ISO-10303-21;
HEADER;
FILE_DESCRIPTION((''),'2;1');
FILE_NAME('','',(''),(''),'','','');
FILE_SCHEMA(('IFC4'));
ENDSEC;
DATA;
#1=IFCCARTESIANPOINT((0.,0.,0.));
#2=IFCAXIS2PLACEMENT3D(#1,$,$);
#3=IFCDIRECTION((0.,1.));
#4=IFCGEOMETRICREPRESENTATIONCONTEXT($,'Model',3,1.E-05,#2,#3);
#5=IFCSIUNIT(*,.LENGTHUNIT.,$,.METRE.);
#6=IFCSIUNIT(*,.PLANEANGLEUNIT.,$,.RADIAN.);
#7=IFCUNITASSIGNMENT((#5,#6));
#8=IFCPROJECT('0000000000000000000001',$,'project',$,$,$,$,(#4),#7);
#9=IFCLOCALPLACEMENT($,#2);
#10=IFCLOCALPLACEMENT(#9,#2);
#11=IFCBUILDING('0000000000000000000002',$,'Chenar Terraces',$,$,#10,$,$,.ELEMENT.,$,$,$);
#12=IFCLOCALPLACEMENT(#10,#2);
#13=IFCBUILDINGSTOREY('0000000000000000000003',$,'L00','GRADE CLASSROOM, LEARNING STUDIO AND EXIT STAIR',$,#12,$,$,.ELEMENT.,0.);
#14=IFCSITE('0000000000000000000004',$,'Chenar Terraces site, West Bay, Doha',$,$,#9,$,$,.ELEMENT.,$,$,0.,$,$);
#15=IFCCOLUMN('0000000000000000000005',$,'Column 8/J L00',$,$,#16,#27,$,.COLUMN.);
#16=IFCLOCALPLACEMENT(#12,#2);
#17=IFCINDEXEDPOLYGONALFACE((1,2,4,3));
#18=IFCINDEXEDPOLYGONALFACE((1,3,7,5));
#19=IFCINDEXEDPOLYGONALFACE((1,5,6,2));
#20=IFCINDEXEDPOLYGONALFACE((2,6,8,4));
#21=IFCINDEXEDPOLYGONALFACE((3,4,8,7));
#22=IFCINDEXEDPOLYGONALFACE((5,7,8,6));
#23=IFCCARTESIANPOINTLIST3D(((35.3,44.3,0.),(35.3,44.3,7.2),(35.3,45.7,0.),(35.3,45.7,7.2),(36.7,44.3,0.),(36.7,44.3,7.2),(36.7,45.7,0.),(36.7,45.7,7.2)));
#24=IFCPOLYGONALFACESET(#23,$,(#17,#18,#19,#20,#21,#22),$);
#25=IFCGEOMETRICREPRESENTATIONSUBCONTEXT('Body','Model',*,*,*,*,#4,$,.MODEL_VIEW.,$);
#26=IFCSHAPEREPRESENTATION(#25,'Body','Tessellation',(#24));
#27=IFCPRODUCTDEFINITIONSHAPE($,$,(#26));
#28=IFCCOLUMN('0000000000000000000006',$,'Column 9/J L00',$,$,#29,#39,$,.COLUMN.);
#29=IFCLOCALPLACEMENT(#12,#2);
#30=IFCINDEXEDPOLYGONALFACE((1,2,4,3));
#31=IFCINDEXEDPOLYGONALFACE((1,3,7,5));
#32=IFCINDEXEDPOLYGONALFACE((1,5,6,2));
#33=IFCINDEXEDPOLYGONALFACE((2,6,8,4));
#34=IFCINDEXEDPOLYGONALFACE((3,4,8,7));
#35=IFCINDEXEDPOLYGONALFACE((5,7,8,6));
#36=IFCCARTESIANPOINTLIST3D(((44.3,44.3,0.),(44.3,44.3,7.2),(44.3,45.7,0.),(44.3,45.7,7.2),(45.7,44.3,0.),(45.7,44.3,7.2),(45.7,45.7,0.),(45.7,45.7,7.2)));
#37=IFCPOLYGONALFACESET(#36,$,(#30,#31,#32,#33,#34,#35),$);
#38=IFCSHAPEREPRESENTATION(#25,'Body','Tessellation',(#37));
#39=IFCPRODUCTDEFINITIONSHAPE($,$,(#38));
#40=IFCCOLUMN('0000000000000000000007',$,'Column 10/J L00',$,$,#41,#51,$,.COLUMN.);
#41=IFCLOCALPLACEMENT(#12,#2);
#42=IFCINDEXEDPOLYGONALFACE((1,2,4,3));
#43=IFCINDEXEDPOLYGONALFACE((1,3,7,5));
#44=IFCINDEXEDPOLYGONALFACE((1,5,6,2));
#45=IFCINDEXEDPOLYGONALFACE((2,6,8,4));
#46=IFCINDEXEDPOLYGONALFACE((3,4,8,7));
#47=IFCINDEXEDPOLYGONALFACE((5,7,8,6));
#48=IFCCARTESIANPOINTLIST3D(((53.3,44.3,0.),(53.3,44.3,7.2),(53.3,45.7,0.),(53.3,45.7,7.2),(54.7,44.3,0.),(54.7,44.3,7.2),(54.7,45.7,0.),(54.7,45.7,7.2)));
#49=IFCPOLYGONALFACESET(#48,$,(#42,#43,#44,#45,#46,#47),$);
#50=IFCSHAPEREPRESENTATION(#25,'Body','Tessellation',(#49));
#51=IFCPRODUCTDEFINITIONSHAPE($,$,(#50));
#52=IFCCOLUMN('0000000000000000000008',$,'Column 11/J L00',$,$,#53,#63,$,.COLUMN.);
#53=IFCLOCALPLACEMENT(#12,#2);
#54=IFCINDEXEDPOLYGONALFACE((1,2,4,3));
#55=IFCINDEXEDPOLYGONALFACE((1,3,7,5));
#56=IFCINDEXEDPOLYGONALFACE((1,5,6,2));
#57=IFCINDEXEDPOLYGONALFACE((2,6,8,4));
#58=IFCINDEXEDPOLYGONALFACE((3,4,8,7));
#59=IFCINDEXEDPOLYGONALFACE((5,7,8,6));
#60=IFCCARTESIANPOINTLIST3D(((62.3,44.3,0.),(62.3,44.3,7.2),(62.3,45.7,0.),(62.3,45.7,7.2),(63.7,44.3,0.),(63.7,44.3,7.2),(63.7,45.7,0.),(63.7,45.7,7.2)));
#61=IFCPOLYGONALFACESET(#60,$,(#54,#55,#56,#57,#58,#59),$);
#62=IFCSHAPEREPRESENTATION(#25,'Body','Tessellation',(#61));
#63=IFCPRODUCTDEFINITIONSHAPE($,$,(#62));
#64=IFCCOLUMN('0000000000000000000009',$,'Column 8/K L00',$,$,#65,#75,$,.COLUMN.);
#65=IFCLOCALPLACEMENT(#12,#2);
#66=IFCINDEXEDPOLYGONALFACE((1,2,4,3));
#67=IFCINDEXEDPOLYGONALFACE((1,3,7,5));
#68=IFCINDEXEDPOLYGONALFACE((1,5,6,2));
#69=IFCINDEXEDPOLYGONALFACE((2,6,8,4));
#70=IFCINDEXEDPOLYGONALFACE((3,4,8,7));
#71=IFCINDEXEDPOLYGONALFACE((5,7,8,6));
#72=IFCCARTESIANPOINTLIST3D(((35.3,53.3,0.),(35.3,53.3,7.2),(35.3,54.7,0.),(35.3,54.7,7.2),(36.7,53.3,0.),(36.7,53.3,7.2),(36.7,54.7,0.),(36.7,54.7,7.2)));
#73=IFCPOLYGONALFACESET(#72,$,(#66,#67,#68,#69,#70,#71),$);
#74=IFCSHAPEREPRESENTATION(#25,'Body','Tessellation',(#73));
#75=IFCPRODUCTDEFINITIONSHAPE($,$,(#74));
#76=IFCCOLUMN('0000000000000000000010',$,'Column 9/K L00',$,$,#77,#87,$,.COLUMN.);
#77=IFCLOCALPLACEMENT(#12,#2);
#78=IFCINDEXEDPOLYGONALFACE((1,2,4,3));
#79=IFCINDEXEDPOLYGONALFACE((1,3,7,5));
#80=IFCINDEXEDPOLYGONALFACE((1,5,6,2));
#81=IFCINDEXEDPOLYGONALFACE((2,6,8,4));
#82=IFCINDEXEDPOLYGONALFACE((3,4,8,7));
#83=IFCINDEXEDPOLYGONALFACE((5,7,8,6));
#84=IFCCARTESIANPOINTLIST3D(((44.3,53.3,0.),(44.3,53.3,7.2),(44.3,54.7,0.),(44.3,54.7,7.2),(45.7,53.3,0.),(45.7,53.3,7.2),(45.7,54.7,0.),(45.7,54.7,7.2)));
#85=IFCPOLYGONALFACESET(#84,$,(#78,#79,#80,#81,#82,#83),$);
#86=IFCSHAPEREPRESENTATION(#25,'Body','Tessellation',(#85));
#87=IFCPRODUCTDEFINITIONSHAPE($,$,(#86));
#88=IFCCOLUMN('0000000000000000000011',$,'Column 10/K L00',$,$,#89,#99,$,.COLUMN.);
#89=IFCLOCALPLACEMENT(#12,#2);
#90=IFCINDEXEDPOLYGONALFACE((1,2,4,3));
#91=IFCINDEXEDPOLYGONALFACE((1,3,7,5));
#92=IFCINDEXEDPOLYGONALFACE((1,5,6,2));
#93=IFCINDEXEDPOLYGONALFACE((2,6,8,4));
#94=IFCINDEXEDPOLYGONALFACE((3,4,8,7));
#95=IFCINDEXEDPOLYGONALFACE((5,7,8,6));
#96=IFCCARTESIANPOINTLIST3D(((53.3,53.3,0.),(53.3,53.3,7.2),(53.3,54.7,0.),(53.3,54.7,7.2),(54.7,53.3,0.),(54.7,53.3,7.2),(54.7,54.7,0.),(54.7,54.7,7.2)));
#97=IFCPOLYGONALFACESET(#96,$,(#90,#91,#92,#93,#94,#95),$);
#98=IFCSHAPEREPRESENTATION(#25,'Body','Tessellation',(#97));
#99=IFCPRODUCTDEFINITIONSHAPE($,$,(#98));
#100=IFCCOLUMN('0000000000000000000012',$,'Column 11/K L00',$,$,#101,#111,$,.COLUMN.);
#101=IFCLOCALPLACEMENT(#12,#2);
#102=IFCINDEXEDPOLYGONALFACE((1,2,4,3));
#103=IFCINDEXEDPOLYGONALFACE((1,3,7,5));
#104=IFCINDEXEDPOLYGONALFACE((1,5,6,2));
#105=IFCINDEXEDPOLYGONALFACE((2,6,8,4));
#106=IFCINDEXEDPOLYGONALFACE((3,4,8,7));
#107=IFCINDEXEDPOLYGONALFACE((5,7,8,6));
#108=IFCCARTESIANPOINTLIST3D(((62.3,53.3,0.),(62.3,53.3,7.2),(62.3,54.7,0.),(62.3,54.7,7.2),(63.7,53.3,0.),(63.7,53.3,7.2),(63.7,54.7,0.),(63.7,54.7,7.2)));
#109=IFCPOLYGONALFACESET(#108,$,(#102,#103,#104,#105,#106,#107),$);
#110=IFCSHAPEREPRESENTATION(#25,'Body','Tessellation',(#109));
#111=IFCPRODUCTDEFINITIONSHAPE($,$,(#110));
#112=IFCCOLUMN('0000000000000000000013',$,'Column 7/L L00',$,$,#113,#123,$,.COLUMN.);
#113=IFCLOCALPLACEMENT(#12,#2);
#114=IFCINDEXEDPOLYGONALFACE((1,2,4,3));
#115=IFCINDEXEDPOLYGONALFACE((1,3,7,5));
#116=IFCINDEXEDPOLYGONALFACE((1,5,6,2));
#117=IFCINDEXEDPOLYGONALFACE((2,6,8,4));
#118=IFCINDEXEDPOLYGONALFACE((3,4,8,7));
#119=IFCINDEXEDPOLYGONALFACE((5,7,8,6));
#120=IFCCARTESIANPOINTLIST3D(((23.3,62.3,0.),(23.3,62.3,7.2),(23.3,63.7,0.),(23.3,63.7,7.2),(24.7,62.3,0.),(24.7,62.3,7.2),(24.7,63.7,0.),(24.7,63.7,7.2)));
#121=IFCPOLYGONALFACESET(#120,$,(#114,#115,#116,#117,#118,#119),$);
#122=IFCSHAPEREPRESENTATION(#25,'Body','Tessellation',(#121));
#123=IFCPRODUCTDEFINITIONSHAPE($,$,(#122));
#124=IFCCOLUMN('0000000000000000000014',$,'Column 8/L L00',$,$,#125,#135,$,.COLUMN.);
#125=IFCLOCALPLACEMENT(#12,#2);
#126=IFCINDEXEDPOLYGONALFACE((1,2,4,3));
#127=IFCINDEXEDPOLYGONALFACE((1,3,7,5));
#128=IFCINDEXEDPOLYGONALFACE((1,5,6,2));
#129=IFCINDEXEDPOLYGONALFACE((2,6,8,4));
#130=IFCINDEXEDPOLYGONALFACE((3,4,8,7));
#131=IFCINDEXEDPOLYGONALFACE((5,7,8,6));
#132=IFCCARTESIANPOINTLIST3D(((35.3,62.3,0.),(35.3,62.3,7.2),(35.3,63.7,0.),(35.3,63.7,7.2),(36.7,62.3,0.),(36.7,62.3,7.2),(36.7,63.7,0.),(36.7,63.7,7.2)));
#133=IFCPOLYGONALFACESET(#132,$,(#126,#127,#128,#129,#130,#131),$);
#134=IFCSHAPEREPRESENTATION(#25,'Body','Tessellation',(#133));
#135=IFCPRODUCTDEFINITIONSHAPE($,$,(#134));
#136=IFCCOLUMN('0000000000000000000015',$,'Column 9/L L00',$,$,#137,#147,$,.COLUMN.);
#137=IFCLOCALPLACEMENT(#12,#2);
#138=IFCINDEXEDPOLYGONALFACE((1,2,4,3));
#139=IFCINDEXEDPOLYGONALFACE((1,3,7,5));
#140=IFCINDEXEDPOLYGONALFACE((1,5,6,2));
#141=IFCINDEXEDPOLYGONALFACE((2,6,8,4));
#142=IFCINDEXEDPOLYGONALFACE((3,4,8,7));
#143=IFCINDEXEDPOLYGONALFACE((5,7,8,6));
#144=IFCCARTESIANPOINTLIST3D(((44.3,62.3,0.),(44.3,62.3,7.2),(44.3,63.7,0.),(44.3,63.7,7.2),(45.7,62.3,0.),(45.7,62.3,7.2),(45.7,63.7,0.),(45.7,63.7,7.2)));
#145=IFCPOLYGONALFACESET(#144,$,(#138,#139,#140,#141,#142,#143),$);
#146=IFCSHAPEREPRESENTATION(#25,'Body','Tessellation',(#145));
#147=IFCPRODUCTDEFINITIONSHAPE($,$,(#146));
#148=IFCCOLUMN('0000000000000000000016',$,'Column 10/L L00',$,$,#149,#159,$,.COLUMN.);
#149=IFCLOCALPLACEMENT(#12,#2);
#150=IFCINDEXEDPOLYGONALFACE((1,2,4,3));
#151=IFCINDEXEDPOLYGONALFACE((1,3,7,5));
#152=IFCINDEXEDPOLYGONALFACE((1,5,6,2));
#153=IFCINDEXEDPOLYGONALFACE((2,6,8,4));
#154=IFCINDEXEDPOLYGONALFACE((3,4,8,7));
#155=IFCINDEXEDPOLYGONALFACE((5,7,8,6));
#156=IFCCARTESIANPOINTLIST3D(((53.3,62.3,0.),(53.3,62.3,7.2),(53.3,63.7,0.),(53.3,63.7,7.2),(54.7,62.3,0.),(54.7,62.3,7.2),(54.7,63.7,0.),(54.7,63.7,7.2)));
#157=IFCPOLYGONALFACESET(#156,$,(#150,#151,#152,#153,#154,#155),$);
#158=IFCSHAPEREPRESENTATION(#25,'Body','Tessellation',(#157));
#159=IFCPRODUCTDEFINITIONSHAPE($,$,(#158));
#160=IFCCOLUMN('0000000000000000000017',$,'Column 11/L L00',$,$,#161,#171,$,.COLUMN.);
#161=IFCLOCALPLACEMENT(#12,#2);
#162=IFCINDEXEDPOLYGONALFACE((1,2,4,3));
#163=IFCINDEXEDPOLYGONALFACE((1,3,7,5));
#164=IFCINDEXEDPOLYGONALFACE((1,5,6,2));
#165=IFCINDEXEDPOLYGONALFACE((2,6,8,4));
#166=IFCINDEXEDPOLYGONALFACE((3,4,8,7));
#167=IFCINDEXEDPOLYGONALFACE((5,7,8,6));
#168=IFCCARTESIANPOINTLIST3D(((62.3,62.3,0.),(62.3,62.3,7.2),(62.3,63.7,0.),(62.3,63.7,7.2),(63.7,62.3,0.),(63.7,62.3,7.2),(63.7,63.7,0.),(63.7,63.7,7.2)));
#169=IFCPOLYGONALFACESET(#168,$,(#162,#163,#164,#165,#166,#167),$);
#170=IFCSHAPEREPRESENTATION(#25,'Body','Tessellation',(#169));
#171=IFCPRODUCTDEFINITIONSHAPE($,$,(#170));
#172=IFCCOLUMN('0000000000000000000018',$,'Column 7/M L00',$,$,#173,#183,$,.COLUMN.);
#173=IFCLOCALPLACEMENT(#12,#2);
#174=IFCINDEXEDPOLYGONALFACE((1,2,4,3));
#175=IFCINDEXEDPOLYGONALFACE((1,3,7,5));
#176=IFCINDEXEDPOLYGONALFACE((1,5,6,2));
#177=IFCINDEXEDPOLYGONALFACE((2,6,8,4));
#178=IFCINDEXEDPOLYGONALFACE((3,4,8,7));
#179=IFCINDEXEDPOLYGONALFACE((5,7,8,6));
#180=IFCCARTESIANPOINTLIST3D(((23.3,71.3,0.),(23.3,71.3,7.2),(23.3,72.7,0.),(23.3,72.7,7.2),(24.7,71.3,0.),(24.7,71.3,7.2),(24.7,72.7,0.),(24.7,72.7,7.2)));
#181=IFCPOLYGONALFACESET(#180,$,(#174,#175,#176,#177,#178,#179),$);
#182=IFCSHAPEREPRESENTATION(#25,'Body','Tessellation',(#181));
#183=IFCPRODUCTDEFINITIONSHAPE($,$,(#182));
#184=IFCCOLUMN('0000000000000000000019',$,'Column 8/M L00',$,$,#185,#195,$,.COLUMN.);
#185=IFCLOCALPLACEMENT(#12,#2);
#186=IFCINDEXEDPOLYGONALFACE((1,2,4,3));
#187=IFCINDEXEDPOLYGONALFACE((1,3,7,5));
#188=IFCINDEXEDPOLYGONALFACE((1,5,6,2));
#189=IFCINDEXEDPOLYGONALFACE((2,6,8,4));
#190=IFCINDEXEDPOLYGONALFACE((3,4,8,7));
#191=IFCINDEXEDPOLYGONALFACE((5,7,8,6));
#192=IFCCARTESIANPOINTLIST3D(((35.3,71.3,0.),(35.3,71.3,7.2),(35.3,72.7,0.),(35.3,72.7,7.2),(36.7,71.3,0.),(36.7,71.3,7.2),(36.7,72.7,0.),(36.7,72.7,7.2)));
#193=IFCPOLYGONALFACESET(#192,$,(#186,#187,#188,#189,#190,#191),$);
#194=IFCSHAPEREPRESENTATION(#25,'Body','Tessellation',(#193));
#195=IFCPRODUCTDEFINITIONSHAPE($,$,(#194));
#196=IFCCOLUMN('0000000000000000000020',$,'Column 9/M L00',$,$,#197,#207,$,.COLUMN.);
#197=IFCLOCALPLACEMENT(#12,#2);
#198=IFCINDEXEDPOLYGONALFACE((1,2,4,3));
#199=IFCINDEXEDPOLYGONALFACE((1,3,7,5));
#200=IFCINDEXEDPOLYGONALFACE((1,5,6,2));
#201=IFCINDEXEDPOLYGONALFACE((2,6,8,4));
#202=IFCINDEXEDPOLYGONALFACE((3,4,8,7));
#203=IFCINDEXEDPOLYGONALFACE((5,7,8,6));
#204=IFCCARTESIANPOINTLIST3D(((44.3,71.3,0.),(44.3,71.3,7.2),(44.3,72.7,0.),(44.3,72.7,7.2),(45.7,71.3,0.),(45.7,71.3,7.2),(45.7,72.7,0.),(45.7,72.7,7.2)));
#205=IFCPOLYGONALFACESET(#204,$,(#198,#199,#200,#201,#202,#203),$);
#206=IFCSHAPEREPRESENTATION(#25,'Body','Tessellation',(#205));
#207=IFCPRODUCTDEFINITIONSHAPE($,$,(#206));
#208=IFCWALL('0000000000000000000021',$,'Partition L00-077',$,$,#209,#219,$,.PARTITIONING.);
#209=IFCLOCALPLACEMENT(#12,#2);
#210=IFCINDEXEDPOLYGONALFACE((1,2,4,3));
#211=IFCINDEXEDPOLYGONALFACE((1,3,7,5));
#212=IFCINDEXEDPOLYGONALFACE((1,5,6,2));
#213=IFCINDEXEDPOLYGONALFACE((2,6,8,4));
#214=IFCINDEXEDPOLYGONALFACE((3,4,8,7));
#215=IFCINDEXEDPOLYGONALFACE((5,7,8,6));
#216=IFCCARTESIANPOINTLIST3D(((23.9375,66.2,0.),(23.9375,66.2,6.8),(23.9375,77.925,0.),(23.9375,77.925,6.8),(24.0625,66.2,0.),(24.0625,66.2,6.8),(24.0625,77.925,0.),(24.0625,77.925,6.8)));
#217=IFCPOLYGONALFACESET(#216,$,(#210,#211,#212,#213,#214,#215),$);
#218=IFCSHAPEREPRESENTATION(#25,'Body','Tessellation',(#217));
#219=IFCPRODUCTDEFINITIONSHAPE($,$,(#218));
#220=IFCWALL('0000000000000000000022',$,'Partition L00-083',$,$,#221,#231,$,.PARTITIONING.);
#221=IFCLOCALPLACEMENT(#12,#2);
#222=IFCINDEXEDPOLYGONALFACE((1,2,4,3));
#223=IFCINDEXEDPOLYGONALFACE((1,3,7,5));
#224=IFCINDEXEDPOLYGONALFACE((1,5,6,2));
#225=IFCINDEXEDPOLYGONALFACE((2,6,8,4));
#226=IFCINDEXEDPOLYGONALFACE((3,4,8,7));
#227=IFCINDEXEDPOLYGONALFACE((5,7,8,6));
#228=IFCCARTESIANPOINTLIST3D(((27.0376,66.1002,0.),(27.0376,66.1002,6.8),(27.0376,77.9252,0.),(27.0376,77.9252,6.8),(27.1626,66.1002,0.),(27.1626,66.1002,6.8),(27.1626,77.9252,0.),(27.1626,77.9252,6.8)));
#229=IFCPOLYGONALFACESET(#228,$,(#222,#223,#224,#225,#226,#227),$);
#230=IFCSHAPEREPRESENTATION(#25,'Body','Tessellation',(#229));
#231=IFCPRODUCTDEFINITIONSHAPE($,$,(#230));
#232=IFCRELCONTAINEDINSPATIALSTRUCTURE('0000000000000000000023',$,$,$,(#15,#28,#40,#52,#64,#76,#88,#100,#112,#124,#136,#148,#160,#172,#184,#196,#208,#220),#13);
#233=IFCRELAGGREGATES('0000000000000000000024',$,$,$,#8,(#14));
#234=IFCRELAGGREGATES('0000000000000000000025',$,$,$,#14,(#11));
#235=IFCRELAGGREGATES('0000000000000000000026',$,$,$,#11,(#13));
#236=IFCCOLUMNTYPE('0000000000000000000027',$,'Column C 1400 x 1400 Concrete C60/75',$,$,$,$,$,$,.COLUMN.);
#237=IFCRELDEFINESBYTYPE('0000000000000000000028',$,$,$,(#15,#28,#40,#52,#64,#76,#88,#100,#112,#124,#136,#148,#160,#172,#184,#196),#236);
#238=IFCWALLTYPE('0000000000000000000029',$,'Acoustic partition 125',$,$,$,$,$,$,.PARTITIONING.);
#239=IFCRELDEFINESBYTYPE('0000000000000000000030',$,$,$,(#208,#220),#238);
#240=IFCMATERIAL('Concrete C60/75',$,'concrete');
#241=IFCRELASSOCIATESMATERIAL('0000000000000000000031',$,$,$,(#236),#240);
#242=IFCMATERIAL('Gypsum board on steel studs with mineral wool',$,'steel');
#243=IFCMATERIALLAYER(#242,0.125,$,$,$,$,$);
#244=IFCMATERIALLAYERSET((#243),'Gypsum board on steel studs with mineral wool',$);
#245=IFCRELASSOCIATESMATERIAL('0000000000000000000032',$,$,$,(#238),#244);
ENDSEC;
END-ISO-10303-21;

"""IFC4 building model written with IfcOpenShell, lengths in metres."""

from ifc_helpers import new_model, si_unit, direction, frame, frame_2d, origin, origin_2d, place, context, subcontext, project, spatial, rectangle, extrude, material, layer, layer_set, material_profile, profile_set, type_object, element, save


model = new_model("IFC4")

# Units and contexts
model_context = context("Model", 3, precision=1e-05, world=origin(), true_north=direction((0.0, 1.0)))
body_context = subcontext(model_context, "Body", "Model", "MODEL_VIEW")
ifc_project = project(units=[si_unit("LENGTHUNIT", "METRE"), si_unit("PLANEANGLEUNIT", "RADIAN")], contexts=[model_context])

# Site, building, storey
site_placement = place(None, origin())
site = spatial("IfcSite", under=ifc_project, at=site_placement, Name="Chenar Terraces site, West Bay, Doha", CompositionType="ELEMENT", RefElevation=0.0)
building_placement = place(site_placement, origin())
building = spatial("IfcBuilding", under=site, at=building_placement, Name="Chenar Terraces", CompositionType="ELEMENT")
storey_placement = place(building_placement, origin())
storey = spatial("IfcBuildingStorey", under=building, at=storey_placement, Name="L00", Description="GRADE CLASSROOM, LEARNING STUDIO AND EXIT STAIR", CompositionType="ELEMENT", Elevation=0.0)

# Columns
ifc_material_1 = material(Name="Concrete C60/75", Category="concrete")
ifc_material_profile = material_profile(ifc_material_1, rectangle(XDim=1.3999, YDim=1.3999, at=origin_2d()), Name="C 1400 x 1400")
ifc_profile_set = profile_set([ifc_material_profile], Name="Concrete C60/75")
column_type = type_object("IfcColumnType", Name="Column C 1400 x 1400 Concrete C60/75", PredefinedType="COLUMN", material=ifc_profile_set)
for number, where, z_axis, x_axis, name in (
    (1, (36.0, 45.0, 0.0), (0.0, 0.0, 1.0), (1.0, 0.0, 0.0), "Column 8/J L00"),
    (2, (45.0, 45.0, 0.0), (0.0, 0.0, 1.0), (1.0, 0.0, 0.0), "Column 9/J L00"),
    (3, (54.0, 45.0, 0.0), (0.0, 0.0, 1.0), (1.0, 0.0, 0.0), "Column 10/J L00"),
    (4, (63.0, 45.0, 0.0), (0.0, 0.0, 1.0), (1.0, 0.0, 0.0), "Column 11/J L00"),
    (5, (36.0, 54.0, 0.0), (0.0, 0.0, 1.0), (1.0, 0.0, 0.0), "Column 8/K L00"),
    (6, (45.0, 54.0, 0.0), (0.0, 0.0, 1.0), (1.0, 0.0, 0.0), "Column 9/K L00"),
    (7, (54.0, 54.0, 0.0), (0.0, 0.0, 1.0), (1.0, 0.0, 0.0), "Column 10/K L00"),
    (8, (63.0, 54.0, 0.0), (0.0, 0.0, 1.0), (1.0, 0.0, 0.0), "Column 11/K L00"),
    (9, (24.0, 63.0, 0.0), (0.0, 0.0, 1.0), (1.0, 0.0, 0.0), "Column 7/L L00"),
    (10, (36.0, 63.0, 0.0), (0.0, 0.0, 1.0), (1.0, 0.0, 0.0), "Column 8/L L00"),
    (11, (45.0, 63.0, 0.0), (0.0, 0.0, 1.0), (1.0, 0.0, 0.0), "Column 9/L L00"),
    (12, (54.0, 63.0, 0.0), (0.0, 0.0, 1.0), (1.0, 0.0, 0.0), "Column 10/L L00"),
    (13, (63.0, 63.0, 0.0), (0.0, 0.0, 1.0), (1.0, 0.0, 0.0), "Column 11/L L00"),
    (14, (24.0, 72.0, 0.0), (0.0, 0.0, 1.0), (1.0, 0.0, 0.0), "Column 7/M L00"),
    (15, (36.0, 72.0, 0.0), (0.0, 0.0, 1.0), (1.0, 0.0, 0.0), "Column 8/M L00"),
    (16, (45.0, 72.0, 0.0), (0.0, 0.0, 1.0), (1.0, 0.0, 0.0), "Column 9/M L00"),
):
    element("IfcColumn", number, at=place(storey_placement, frame(where, z_axis=z_axis, x_axis=x_axis)), inside=storey, type_object=column_type, Name=name, PredefinedType="COLUMN", context=body_context, shape_type="SweptSolid", body=[
        extrude(rectangle(XDim=1.3999, YDim=1.3999, at=origin_2d()), origin(), (0.0, 0.0, 1.0), 7.2),
    ])

# Walls
ifc_material_2 = material(Name="Gypsum board on steel studs with mineral wool", Category="steel")
ifc_layer_1 = layer(ifc_material_2, 0.125)
ifc_layer_set_1 = layer_set([ifc_layer_1], Name="Gypsum board on steel studs with mineral wool")
wall_type_1 = type_object("IfcWallType", Name="Acoustic partition 125", PredefinedType="PARTITIONING", material=ifc_layer_set_1)
wall_1_placement = place(storey_placement, frame((24.0, 66.2, 0.0), z_axis=(0.0, 0.0, 1.0), x_axis=(0.0, 1.0, 0.0)))
element("IfcWall", 17, at=wall_1_placement, inside=storey, type_object=wall_type_1, Name="Partition L00-077", PredefinedType="PARTITIONING", context=body_context, shape_type="SweptSolid", body=[
    extrude(rectangle(XDim=11.7251, YDim=0.125, at=frame_2d((5.8625, 0.0))), origin(), (0.0, 0.0, 1.0), 6.8),
])
wall_2_placement = place(storey_placement, frame((27.1001, 66.1001, 0.0), z_axis=(0.0, 0.0, 1.0), x_axis=(0.0, 1.0, 0.0)))
element("IfcWall", 18, at=wall_2_placement, inside=storey, type_object=wall_type_1, Name="Partition L00-083", PredefinedType="PARTITIONING", context=body_context, shape_type="SweptSolid", body=[
    extrude(rectangle(XDim=11.825, YDim=0.125, at=frame_2d((5.9126, 0.0))), origin(), (0.0, 0.0, 1.0), 6.8),
])

save(model, "model.ifc")
